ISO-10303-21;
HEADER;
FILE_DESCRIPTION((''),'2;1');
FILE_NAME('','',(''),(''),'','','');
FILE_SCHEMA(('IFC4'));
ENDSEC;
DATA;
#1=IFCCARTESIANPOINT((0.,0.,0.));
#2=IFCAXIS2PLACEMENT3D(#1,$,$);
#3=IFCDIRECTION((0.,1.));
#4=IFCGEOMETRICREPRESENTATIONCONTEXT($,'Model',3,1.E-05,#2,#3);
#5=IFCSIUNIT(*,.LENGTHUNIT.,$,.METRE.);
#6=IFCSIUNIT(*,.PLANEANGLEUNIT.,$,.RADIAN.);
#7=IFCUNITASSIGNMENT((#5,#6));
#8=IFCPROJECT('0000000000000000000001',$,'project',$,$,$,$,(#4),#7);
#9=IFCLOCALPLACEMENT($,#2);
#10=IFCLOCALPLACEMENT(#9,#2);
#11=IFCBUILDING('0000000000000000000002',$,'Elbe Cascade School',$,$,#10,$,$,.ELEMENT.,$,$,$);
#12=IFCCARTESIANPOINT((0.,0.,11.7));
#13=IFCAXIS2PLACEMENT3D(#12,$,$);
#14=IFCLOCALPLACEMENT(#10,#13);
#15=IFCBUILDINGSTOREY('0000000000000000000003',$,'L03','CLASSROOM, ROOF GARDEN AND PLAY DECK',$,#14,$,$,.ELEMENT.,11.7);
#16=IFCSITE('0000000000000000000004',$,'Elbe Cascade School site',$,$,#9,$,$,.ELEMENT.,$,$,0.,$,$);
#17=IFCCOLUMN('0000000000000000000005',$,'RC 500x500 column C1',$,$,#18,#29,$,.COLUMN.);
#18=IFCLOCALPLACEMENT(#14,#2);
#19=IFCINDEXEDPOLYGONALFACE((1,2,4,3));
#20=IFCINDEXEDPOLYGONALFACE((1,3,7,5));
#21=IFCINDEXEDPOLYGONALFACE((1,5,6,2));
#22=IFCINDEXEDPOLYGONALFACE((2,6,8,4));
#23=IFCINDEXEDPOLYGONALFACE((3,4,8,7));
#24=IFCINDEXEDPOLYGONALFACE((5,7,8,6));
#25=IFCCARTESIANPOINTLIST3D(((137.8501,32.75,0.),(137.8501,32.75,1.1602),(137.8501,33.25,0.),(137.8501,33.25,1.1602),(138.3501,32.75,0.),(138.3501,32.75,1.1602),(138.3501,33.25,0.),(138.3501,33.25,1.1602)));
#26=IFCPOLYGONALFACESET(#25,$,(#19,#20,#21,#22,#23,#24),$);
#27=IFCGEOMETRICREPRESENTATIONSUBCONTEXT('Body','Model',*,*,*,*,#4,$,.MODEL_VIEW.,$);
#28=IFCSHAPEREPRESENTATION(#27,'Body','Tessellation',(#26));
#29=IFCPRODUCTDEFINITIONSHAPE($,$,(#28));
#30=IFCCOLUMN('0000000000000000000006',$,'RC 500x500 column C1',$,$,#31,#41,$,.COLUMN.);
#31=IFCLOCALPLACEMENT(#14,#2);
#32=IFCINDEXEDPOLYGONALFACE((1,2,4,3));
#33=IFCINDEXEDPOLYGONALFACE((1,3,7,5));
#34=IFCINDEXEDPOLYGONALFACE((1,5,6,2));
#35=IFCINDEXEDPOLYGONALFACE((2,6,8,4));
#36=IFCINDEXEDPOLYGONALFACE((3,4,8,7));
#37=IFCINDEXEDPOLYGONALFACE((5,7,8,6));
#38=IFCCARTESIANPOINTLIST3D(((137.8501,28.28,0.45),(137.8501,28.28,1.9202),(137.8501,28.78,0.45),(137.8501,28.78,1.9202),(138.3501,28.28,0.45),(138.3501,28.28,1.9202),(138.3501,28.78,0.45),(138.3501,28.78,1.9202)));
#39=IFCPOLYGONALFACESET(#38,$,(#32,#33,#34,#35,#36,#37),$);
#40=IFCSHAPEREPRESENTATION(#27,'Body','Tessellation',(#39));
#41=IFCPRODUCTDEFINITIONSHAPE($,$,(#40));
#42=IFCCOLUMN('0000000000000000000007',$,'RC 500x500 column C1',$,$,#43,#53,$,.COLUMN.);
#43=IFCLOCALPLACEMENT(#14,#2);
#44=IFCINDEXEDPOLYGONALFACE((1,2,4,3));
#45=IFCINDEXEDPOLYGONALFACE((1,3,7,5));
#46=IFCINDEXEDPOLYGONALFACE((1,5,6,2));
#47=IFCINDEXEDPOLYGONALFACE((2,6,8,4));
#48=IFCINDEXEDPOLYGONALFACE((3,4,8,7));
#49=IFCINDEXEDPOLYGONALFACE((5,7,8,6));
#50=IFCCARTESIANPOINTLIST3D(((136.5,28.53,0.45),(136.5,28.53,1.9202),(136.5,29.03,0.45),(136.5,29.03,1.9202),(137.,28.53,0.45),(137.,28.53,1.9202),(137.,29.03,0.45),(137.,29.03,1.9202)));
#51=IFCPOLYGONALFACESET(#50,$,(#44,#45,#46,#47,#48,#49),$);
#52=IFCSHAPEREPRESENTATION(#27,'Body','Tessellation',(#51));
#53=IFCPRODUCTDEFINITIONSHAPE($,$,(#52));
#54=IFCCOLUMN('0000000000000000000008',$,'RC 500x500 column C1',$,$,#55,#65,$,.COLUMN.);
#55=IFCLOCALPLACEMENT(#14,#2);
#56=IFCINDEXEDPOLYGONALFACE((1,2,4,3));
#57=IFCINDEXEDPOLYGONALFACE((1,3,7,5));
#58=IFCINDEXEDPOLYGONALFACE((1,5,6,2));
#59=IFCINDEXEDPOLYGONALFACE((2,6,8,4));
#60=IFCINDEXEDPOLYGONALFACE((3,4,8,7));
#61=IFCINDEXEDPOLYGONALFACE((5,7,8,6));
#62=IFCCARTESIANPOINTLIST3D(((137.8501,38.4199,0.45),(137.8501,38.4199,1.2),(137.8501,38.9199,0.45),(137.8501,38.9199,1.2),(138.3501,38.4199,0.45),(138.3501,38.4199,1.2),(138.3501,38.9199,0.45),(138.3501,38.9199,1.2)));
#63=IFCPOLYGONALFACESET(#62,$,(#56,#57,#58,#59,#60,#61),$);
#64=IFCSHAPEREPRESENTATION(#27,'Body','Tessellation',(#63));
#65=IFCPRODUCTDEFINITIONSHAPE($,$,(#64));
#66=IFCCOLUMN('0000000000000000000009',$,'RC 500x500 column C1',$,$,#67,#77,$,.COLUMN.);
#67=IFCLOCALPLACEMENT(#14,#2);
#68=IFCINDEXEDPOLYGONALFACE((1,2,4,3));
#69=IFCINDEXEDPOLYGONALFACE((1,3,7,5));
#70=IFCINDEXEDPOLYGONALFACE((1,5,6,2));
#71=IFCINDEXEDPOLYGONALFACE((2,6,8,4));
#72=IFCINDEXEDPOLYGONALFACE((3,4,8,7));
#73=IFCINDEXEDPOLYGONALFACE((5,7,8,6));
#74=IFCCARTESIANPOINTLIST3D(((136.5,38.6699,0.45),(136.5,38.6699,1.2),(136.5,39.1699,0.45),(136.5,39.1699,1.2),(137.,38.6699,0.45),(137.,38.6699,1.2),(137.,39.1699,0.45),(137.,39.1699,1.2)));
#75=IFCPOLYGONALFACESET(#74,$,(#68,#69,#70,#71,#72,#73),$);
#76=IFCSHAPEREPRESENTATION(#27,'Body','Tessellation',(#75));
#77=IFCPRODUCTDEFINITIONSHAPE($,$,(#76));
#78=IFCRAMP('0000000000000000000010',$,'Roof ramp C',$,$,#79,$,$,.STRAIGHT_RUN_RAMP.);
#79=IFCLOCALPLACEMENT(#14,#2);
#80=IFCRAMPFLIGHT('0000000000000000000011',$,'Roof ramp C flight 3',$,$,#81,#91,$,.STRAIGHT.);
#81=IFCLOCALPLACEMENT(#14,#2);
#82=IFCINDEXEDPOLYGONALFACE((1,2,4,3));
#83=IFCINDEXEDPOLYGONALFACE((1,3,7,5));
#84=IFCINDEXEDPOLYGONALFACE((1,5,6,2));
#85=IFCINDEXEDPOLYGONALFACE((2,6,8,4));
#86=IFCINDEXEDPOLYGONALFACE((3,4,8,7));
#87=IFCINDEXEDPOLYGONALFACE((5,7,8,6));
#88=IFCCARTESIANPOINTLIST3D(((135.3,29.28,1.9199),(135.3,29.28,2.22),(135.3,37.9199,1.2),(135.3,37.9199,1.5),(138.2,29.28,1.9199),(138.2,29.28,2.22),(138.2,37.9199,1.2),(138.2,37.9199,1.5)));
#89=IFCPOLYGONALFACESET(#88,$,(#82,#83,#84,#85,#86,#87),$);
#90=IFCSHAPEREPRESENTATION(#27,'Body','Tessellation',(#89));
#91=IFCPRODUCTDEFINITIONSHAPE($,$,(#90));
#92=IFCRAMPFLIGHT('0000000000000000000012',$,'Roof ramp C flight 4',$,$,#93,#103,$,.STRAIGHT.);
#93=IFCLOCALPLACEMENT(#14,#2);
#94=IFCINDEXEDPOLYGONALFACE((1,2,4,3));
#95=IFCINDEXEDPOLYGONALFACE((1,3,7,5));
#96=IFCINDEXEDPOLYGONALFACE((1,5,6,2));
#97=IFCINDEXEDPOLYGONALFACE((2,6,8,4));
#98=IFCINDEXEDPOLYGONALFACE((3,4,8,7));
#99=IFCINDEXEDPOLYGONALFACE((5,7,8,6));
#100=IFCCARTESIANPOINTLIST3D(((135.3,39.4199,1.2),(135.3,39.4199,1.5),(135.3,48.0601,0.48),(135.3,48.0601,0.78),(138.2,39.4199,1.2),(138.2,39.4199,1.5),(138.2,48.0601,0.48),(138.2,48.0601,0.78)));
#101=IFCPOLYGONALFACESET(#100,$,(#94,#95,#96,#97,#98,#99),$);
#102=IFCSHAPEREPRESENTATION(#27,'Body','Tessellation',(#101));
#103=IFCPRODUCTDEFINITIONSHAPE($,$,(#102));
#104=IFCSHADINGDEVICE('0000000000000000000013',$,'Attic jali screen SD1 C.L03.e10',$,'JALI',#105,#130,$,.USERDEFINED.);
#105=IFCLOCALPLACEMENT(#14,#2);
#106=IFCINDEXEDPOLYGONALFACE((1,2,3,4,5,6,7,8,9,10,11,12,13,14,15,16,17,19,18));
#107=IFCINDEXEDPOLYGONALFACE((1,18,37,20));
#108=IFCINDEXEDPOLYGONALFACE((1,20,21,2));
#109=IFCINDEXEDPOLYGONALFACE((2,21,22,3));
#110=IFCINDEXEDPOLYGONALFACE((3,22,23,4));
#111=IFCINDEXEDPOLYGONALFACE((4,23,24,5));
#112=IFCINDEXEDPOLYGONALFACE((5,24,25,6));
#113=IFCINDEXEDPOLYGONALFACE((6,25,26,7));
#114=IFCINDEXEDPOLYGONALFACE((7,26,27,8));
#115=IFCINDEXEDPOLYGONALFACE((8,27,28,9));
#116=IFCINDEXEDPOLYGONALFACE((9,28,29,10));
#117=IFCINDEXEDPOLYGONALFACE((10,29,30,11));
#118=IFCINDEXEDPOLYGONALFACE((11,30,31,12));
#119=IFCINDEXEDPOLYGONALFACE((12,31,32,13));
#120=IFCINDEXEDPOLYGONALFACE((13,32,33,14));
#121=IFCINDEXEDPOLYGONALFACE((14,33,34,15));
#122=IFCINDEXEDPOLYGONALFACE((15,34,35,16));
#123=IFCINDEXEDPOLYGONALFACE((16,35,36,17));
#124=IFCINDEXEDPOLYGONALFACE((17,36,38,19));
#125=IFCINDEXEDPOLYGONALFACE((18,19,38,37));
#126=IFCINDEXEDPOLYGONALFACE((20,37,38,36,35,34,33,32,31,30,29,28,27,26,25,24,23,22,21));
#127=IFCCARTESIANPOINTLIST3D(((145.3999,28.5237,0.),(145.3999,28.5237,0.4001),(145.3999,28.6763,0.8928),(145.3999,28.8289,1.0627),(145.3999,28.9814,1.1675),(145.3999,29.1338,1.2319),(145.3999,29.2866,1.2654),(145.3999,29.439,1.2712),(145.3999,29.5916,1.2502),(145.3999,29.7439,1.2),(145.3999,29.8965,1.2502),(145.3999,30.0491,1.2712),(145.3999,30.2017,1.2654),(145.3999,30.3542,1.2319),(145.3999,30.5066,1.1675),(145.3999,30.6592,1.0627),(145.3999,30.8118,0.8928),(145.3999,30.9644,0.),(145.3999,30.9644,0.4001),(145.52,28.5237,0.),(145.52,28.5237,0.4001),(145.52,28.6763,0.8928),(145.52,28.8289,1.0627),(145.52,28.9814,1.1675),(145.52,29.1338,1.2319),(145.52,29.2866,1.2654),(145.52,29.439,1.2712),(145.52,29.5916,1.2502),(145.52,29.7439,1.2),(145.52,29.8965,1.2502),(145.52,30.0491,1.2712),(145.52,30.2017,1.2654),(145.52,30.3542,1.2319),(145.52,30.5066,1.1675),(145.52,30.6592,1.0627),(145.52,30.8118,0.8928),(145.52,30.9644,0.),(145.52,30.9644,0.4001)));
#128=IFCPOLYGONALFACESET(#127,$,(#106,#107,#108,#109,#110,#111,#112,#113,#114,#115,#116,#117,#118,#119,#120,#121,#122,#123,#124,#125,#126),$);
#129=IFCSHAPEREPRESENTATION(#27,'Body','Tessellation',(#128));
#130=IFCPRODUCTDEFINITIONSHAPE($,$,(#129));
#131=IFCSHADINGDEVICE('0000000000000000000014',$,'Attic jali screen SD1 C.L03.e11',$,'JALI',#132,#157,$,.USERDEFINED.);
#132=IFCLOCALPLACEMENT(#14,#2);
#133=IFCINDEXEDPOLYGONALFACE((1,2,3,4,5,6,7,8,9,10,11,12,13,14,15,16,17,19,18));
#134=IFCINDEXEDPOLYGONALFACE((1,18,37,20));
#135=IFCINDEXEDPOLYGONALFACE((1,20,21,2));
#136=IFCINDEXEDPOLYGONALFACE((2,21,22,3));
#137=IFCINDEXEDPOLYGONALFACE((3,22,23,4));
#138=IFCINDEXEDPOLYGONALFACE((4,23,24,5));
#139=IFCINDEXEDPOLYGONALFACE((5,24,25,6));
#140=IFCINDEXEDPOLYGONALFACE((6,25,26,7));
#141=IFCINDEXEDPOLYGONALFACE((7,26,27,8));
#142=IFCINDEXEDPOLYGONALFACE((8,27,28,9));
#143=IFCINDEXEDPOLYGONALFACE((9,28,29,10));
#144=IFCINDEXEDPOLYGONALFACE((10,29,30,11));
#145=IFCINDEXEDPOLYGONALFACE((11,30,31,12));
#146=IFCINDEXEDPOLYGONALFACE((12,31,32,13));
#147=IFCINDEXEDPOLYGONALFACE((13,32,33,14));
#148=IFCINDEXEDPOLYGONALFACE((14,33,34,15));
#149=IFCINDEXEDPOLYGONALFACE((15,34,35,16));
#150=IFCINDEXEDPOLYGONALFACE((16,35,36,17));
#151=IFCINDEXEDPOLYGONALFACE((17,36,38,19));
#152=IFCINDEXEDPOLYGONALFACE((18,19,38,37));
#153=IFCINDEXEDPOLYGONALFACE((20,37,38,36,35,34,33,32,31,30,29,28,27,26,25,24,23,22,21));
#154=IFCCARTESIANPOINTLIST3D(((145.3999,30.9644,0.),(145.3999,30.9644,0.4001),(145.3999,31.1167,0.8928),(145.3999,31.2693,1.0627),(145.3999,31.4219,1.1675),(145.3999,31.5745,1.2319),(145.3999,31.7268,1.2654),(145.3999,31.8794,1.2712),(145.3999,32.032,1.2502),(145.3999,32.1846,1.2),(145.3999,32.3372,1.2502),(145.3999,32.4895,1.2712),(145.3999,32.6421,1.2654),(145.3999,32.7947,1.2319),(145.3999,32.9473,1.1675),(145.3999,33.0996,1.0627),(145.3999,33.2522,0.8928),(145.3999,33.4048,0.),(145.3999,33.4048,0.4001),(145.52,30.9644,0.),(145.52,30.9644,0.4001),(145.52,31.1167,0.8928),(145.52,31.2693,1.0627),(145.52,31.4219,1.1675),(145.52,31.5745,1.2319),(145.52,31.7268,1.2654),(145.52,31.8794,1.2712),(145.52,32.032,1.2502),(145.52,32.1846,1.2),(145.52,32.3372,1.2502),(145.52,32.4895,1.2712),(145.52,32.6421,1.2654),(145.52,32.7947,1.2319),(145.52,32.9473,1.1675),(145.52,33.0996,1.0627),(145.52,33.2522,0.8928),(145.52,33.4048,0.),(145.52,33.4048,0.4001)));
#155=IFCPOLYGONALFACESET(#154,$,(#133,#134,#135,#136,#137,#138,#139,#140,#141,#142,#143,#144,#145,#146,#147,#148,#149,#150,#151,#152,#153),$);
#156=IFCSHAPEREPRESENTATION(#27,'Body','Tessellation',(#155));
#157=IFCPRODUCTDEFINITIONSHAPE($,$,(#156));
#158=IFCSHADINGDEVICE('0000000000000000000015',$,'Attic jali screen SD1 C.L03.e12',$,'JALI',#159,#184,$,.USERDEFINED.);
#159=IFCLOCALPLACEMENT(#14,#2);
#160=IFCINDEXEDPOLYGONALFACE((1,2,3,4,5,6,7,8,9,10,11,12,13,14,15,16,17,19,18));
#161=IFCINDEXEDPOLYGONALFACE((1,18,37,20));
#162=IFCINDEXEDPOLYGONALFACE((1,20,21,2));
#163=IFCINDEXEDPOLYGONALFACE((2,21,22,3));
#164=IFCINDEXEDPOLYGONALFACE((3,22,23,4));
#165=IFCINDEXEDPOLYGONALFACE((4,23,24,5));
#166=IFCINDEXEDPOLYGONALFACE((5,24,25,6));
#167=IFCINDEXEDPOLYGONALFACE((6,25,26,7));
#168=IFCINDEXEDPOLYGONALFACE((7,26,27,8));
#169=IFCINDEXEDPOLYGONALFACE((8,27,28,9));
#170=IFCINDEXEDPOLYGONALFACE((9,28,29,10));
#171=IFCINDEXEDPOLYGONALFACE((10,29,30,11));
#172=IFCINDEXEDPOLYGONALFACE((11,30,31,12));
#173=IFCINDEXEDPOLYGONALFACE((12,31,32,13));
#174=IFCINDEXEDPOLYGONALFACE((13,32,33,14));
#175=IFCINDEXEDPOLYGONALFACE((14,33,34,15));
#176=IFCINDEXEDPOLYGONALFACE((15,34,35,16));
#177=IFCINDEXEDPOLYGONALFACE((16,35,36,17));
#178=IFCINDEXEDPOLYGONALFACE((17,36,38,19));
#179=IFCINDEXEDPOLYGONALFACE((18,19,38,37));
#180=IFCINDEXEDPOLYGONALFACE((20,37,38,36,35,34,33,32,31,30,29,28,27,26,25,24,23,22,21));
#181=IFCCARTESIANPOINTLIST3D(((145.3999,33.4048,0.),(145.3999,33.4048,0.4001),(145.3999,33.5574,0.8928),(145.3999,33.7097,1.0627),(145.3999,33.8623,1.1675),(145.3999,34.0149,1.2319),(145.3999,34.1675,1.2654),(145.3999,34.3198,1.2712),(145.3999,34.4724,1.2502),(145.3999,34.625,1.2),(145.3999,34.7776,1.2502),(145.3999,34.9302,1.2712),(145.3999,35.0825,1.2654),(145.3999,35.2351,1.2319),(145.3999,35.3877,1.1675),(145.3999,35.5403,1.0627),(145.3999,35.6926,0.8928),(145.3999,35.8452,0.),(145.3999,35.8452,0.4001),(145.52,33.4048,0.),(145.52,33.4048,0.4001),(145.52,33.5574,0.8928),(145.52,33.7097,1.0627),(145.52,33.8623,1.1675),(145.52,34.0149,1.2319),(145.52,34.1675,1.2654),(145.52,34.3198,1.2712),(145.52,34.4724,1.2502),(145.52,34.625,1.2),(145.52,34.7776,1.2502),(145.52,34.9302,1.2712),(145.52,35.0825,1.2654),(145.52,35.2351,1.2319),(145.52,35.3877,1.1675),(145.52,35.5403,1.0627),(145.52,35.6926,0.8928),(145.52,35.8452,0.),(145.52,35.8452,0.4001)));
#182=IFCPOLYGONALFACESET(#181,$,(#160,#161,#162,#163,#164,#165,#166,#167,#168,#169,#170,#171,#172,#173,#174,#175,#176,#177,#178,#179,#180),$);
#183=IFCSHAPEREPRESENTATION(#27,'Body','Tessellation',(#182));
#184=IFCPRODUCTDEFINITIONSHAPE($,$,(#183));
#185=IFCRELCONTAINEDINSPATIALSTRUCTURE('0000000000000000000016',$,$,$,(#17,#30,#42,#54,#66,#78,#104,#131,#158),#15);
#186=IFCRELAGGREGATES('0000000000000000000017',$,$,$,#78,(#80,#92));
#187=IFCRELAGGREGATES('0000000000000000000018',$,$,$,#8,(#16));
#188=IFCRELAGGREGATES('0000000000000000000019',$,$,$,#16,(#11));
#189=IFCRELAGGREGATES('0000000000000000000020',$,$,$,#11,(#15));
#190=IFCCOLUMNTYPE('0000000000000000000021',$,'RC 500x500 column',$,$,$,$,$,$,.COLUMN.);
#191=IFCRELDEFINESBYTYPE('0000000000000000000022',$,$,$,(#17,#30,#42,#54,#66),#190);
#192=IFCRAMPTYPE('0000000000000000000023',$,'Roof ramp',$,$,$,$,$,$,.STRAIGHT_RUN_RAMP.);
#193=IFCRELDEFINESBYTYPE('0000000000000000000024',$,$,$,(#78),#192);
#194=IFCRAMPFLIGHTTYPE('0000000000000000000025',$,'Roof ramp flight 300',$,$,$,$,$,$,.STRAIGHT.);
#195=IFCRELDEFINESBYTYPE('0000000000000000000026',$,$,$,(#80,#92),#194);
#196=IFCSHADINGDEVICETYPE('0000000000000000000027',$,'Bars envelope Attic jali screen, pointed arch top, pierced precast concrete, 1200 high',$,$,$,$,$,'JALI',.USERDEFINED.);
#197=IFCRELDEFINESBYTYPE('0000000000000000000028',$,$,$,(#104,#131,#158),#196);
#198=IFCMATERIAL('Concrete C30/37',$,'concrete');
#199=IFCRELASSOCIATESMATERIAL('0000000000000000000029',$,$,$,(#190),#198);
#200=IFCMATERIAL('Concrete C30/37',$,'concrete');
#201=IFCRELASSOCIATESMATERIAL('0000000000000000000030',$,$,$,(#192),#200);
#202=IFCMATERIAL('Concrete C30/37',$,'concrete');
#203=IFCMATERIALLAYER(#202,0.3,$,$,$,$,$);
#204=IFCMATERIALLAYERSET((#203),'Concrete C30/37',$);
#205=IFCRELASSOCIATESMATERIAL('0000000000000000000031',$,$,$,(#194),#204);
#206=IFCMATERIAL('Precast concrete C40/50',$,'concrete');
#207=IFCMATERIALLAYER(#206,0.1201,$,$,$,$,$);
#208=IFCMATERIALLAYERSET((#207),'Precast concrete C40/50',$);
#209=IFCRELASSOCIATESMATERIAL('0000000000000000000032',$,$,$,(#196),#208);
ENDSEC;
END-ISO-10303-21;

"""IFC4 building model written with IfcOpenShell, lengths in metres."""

from ifc_helpers import new_model, si_unit, direction, frame, origin, origin_2d, place, context, subcontext, project, spatial, polyline, rectangle, outline, extrude, material, layer, layer_set, material_profile, profile_set, type_object, element, aggregate, save


model = new_model("IFC4")

# Units and contexts
model_context = context("Model", 3, precision=1e-05, world=origin(), true_north=direction((0.0, 1.0)))
body_context = subcontext(model_context, "Body", "Model", "MODEL_VIEW")
ifc_project = project(units=[si_unit("LENGTHUNIT", "METRE"), si_unit("PLANEANGLEUNIT", "RADIAN")], contexts=[model_context])

# Site, building, storey
site_placement = place(None, origin())
site = spatial("IfcSite", under=ifc_project, at=site_placement, Name="Elbe Cascade School site", CompositionType="ELEMENT", RefElevation=0.0)
building_placement = place(site_placement, origin())
building = spatial("IfcBuilding", under=site, at=building_placement, Name="Elbe Cascade School", CompositionType="ELEMENT")
storey_placement = place(building_placement, frame((0.0, 0.0, 11.7)))
storey = spatial("IfcBuildingStorey", under=building, at=storey_placement, Name="L03", Description="CLASSROOM, ROOF GARDEN AND PLAY DECK", CompositionType="ELEMENT", Elevation=11.7)

# Columns
ifc_material_1 = material(Name="Concrete C30/37", Category="concrete")
ifc_material_profile = material_profile(ifc_material_1, rectangle(XDim=0.5, YDim=0.5, at=origin_2d()), Name="RC 500x500")
ifc_profile_set = profile_set([ifc_material_profile], Name="Concrete C30/37")
column_type = type_object("IfcColumnType", Name="RC 500x500 column", PredefinedType="COLUMN", material=ifc_profile_set)
column_placement = place(storey_placement, frame((138.1001, 33.0, 0.0), z_axis=(0.0, 0.0, 1.0), x_axis=(1.0, 0.0, 0.0)))
element("IfcColumn", 1, at=column_placement, inside=storey, type_object=column_type, Name="RC 500x500 column C1", PredefinedType="COLUMN", context=body_context, shape_type="SweptSolid", body=[
    extrude(rectangle(XDim=0.5, YDim=0.5, at=origin_2d()), origin(), (0.0, 0.0, 1.0), 1.1602),
])
for number, where, z_axis, x_axis, name in (
    (2, (138.1001, 28.53, 0.45), (0.0, 0.0, 1.0), (1.0, 0.0, 0.0), "RC 500x500 column C1"),
    (3, (136.75, 28.78, 0.45), (0.0, 0.0, 1.0), (1.0, 0.0, 0.0), "RC 500x500 column C1"),
):
    element("IfcColumn", number, at=place(storey_placement, frame(where, z_axis=z_axis, x_axis=x_axis)), inside=storey, type_object=column_type, Name=name, PredefinedType="COLUMN", context=body_context, shape_type="SweptSolid", body=[
        extrude(rectangle(XDim=0.5, YDim=0.5, at=origin_2d()), origin(), (0.0, 0.0, 1.0), 1.4702),
    ])
for number, where, z_axis, x_axis, name in (
    (4, (138.1001, 38.6699, 0.45), (0.0, 0.0, 1.0), (1.0, 0.0, 0.0), "RC 500x500 column C1"),
    (5, (136.75, 38.9199, 0.45), (0.0, 0.0, 1.0), (1.0, 0.0, 0.0), "RC 500x500 column C1"),
):
    element("IfcColumn", number, at=place(storey_placement, frame(where, z_axis=z_axis, x_axis=x_axis)), inside=storey, type_object=column_type, Name=name, PredefinedType="COLUMN", context=body_context, shape_type="SweptSolid", body=[
        extrude(rectangle(XDim=0.5, YDim=0.5, at=origin_2d()), origin(), (0.0, 0.0, 1.0), 0.75),
    ])

# Ramp, ramp flights
ifc_material_2 = material(Name="Concrete C30/37", Category="concrete")
ramp_type = type_object("IfcRampType", Name="Roof ramp", PredefinedType="STRAIGHT_RUN_RAMP", material=ifc_material_2)
ramp_placement = place(storey_placement, origin())
ramp = element("IfcRamp", 6, at=ramp_placement, inside=storey, type_object=ramp_type, Name="Roof ramp C", PredefinedType="STRAIGHT_RUN_RAMP")
ifc_material_3 = material(Name="Concrete C30/37", Category="concrete")
ifc_layer_1 = layer(ifc_material_3, 0.3)
ifc_layer_set_1 = layer_set([ifc_layer_1], Name="Concrete C30/37")
ramp_flight_type = type_object("IfcRampFlightType", Name="Roof ramp flight 300", PredefinedType="STRAIGHT", material=ifc_layer_set_1)
ramp_flight_1_placement = place(storey_placement, frame((136.75, 29.28, 2.22), z_axis=(0.0, 0.0, 1.0), x_axis=(0.0, 1.0, 0.0)))
ramp_flight_1 = element("IfcRampFlight", 7, at=ramp_flight_1_placement, type_object=ramp_flight_type, Name="Roof ramp C flight 3", PredefinedType="STRAIGHT", context=body_context, shape_type="SweptSolid", body=[
    extrude(outline(polyline([(0.0, -0.3), (8.6399, -1.02), (8.6399, -0.72), (0.0, 0.0), (0.0, -0.3)])), frame((0.0, 1.45, 0.0), z_axis=(0.0, -1.0, 0.0), x_axis=(1.0, 0.0, 0.0)), (0.0, 0.0, 1.0), 2.8999),
])
ramp_flight_2_placement = place(storey_placement, frame((136.75, 39.4199, 1.5), z_axis=(0.0, 0.0, 1.0), x_axis=(0.0, 1.0, 0.0)))
ramp_flight_2 = element("IfcRampFlight", 8, at=ramp_flight_2_placement, type_object=ramp_flight_type, Name="Roof ramp C flight 4", PredefinedType="STRAIGHT", context=body_context, shape_type="SweptSolid", body=[
    extrude(outline(polyline([(0.0, -0.3), (8.6401, -1.02), (8.6401, -0.72), (0.0, 0.0), (0.0, -0.3)])), frame((0.0, 1.45, 0.0), z_axis=(0.0, -1.0, 0.0), x_axis=(1.0, 0.0, 0.0)), (0.0, 0.0, 1.0), 2.8999),
])
aggregate(ramp, [ramp_flight_1, ramp_flight_2])

# Shading devices
ifc_material_4 = material(Name="Precast concrete C40/50", Category="concrete")
ifc_layer_2 = layer(ifc_material_4, 0.1201)
ifc_layer_set_2 = layer_set([ifc_layer_2], Name="Precast concrete C40/50")
shading_device_type = type_object("IfcShadingDeviceType", Name="Bars envelope Attic jali screen, pointed arch top, pierced precast concrete, 1200 high", ElementType="JALI", PredefinedType="USERDEFINED", material=ifc_layer_set_2)
shading_device_1_placement = place(storey_placement, frame((145.52, 28.5237, 0.0), z_axis=(1.0, 0.0, 0.0), x_axis=(0.0, 1.0, 0.0)))
element("IfcShadingDevice", 9, at=shading_device_1_placement, inside=storey, type_object=shading_device_type, Name="Attic jali screen SD1 C.L03.e10", ObjectType="JALI", PredefinedType="USERDEFINED", context=body_context, shape_type="SweptSolid", body=[
    extrude(outline(polyline([(0.0, 0.0), (2.4407, 0.0), (2.4407, 0.4001), (2.2881, 0.8928), (2.1355, 1.0627), (1.9829, 1.1675), (1.8306, 1.2319), (1.678, 1.2654), (1.5254, 1.2712), (1.3728, 1.2502), (1.2202, 1.2), (1.0679, 1.2502), (0.9153, 1.2712), (0.7629, 1.2654), (0.6101, 1.2319), (0.4578, 1.1675), (0.3052, 1.0627), (0.1526, 0.8928), (0.0, 0.4001), (0.0, 0.0)])), origin(), (0.0, 0.0, -1.0), 0.1201),
])
shading_device_2_placement = place(storey_placement, frame((145.52, 30.9644, 0.0), z_axis=(1.0, 0.0, 0.0), x_axis=(0.0, 1.0, 0.0)))
element("IfcShadingDevice", 10, at=shading_device_2_placement, inside=storey, type_object=shading_device_type, Name="Attic jali screen SD1 C.L03.e11", ObjectType="JALI", PredefinedType="USERDEFINED", context=body_context, shape_type="SweptSolid", body=[
    extrude(outline(polyline([(0.0, 0.0), (2.4404, 0.0), (2.4404, 0.4001), (2.2878, 0.8928), (2.1353, 1.0627), (1.9829, 1.1675), (1.8303, 1.2319), (1.6777, 1.2654), (1.5251, 1.2712), (1.3728, 1.2502), (1.2202, 1.2), (1.0676, 1.2502), (0.915, 1.2712), (0.7625, 1.2654), (0.6101, 1.2319), (0.4575, 1.1675), (0.3049, 1.0627), (0.1523, 0.8928), (0.0, 0.4001), (0.0, 0.0)])), origin(), (0.0, 0.0, -1.0), 0.1201),
])
shading_device_3_placement = place(storey_placement, frame((145.52, 33.4048, 0.0), z_axis=(1.0, 0.0, 0.0), x_axis=(0.0, 1.0, 0.0)))
element("IfcShadingDevice", 11, at=shading_device_3_placement, inside=storey, type_object=shading_device_type, Name="Attic jali screen SD1 C.L03.e12", ObjectType="JALI", PredefinedType="USERDEFINED", context=body_context, shape_type="SweptSolid", body=[
    extrude(outline(polyline([(0.0, 0.0), (2.4404, 0.0), (2.4404, 0.4001), (2.2878, 0.8928), (2.1355, 1.0627), (1.9829, 1.1675), (1.8303, 1.2319), (1.6777, 1.2654), (1.5254, 1.2712), (1.3728, 1.2502), (1.2202, 1.2), (1.0676, 1.2502), (0.915, 1.2712), (0.7627, 1.2654), (0.6101, 1.2319), (0.4575, 1.1675), (0.3049, 1.0627), (0.1526, 0.8928), (0.0, 0.4001), (0.0, 0.0)])), origin(), (0.0, 0.0, -1.0), 0.1201),
])

save(model, "model.ifc")
